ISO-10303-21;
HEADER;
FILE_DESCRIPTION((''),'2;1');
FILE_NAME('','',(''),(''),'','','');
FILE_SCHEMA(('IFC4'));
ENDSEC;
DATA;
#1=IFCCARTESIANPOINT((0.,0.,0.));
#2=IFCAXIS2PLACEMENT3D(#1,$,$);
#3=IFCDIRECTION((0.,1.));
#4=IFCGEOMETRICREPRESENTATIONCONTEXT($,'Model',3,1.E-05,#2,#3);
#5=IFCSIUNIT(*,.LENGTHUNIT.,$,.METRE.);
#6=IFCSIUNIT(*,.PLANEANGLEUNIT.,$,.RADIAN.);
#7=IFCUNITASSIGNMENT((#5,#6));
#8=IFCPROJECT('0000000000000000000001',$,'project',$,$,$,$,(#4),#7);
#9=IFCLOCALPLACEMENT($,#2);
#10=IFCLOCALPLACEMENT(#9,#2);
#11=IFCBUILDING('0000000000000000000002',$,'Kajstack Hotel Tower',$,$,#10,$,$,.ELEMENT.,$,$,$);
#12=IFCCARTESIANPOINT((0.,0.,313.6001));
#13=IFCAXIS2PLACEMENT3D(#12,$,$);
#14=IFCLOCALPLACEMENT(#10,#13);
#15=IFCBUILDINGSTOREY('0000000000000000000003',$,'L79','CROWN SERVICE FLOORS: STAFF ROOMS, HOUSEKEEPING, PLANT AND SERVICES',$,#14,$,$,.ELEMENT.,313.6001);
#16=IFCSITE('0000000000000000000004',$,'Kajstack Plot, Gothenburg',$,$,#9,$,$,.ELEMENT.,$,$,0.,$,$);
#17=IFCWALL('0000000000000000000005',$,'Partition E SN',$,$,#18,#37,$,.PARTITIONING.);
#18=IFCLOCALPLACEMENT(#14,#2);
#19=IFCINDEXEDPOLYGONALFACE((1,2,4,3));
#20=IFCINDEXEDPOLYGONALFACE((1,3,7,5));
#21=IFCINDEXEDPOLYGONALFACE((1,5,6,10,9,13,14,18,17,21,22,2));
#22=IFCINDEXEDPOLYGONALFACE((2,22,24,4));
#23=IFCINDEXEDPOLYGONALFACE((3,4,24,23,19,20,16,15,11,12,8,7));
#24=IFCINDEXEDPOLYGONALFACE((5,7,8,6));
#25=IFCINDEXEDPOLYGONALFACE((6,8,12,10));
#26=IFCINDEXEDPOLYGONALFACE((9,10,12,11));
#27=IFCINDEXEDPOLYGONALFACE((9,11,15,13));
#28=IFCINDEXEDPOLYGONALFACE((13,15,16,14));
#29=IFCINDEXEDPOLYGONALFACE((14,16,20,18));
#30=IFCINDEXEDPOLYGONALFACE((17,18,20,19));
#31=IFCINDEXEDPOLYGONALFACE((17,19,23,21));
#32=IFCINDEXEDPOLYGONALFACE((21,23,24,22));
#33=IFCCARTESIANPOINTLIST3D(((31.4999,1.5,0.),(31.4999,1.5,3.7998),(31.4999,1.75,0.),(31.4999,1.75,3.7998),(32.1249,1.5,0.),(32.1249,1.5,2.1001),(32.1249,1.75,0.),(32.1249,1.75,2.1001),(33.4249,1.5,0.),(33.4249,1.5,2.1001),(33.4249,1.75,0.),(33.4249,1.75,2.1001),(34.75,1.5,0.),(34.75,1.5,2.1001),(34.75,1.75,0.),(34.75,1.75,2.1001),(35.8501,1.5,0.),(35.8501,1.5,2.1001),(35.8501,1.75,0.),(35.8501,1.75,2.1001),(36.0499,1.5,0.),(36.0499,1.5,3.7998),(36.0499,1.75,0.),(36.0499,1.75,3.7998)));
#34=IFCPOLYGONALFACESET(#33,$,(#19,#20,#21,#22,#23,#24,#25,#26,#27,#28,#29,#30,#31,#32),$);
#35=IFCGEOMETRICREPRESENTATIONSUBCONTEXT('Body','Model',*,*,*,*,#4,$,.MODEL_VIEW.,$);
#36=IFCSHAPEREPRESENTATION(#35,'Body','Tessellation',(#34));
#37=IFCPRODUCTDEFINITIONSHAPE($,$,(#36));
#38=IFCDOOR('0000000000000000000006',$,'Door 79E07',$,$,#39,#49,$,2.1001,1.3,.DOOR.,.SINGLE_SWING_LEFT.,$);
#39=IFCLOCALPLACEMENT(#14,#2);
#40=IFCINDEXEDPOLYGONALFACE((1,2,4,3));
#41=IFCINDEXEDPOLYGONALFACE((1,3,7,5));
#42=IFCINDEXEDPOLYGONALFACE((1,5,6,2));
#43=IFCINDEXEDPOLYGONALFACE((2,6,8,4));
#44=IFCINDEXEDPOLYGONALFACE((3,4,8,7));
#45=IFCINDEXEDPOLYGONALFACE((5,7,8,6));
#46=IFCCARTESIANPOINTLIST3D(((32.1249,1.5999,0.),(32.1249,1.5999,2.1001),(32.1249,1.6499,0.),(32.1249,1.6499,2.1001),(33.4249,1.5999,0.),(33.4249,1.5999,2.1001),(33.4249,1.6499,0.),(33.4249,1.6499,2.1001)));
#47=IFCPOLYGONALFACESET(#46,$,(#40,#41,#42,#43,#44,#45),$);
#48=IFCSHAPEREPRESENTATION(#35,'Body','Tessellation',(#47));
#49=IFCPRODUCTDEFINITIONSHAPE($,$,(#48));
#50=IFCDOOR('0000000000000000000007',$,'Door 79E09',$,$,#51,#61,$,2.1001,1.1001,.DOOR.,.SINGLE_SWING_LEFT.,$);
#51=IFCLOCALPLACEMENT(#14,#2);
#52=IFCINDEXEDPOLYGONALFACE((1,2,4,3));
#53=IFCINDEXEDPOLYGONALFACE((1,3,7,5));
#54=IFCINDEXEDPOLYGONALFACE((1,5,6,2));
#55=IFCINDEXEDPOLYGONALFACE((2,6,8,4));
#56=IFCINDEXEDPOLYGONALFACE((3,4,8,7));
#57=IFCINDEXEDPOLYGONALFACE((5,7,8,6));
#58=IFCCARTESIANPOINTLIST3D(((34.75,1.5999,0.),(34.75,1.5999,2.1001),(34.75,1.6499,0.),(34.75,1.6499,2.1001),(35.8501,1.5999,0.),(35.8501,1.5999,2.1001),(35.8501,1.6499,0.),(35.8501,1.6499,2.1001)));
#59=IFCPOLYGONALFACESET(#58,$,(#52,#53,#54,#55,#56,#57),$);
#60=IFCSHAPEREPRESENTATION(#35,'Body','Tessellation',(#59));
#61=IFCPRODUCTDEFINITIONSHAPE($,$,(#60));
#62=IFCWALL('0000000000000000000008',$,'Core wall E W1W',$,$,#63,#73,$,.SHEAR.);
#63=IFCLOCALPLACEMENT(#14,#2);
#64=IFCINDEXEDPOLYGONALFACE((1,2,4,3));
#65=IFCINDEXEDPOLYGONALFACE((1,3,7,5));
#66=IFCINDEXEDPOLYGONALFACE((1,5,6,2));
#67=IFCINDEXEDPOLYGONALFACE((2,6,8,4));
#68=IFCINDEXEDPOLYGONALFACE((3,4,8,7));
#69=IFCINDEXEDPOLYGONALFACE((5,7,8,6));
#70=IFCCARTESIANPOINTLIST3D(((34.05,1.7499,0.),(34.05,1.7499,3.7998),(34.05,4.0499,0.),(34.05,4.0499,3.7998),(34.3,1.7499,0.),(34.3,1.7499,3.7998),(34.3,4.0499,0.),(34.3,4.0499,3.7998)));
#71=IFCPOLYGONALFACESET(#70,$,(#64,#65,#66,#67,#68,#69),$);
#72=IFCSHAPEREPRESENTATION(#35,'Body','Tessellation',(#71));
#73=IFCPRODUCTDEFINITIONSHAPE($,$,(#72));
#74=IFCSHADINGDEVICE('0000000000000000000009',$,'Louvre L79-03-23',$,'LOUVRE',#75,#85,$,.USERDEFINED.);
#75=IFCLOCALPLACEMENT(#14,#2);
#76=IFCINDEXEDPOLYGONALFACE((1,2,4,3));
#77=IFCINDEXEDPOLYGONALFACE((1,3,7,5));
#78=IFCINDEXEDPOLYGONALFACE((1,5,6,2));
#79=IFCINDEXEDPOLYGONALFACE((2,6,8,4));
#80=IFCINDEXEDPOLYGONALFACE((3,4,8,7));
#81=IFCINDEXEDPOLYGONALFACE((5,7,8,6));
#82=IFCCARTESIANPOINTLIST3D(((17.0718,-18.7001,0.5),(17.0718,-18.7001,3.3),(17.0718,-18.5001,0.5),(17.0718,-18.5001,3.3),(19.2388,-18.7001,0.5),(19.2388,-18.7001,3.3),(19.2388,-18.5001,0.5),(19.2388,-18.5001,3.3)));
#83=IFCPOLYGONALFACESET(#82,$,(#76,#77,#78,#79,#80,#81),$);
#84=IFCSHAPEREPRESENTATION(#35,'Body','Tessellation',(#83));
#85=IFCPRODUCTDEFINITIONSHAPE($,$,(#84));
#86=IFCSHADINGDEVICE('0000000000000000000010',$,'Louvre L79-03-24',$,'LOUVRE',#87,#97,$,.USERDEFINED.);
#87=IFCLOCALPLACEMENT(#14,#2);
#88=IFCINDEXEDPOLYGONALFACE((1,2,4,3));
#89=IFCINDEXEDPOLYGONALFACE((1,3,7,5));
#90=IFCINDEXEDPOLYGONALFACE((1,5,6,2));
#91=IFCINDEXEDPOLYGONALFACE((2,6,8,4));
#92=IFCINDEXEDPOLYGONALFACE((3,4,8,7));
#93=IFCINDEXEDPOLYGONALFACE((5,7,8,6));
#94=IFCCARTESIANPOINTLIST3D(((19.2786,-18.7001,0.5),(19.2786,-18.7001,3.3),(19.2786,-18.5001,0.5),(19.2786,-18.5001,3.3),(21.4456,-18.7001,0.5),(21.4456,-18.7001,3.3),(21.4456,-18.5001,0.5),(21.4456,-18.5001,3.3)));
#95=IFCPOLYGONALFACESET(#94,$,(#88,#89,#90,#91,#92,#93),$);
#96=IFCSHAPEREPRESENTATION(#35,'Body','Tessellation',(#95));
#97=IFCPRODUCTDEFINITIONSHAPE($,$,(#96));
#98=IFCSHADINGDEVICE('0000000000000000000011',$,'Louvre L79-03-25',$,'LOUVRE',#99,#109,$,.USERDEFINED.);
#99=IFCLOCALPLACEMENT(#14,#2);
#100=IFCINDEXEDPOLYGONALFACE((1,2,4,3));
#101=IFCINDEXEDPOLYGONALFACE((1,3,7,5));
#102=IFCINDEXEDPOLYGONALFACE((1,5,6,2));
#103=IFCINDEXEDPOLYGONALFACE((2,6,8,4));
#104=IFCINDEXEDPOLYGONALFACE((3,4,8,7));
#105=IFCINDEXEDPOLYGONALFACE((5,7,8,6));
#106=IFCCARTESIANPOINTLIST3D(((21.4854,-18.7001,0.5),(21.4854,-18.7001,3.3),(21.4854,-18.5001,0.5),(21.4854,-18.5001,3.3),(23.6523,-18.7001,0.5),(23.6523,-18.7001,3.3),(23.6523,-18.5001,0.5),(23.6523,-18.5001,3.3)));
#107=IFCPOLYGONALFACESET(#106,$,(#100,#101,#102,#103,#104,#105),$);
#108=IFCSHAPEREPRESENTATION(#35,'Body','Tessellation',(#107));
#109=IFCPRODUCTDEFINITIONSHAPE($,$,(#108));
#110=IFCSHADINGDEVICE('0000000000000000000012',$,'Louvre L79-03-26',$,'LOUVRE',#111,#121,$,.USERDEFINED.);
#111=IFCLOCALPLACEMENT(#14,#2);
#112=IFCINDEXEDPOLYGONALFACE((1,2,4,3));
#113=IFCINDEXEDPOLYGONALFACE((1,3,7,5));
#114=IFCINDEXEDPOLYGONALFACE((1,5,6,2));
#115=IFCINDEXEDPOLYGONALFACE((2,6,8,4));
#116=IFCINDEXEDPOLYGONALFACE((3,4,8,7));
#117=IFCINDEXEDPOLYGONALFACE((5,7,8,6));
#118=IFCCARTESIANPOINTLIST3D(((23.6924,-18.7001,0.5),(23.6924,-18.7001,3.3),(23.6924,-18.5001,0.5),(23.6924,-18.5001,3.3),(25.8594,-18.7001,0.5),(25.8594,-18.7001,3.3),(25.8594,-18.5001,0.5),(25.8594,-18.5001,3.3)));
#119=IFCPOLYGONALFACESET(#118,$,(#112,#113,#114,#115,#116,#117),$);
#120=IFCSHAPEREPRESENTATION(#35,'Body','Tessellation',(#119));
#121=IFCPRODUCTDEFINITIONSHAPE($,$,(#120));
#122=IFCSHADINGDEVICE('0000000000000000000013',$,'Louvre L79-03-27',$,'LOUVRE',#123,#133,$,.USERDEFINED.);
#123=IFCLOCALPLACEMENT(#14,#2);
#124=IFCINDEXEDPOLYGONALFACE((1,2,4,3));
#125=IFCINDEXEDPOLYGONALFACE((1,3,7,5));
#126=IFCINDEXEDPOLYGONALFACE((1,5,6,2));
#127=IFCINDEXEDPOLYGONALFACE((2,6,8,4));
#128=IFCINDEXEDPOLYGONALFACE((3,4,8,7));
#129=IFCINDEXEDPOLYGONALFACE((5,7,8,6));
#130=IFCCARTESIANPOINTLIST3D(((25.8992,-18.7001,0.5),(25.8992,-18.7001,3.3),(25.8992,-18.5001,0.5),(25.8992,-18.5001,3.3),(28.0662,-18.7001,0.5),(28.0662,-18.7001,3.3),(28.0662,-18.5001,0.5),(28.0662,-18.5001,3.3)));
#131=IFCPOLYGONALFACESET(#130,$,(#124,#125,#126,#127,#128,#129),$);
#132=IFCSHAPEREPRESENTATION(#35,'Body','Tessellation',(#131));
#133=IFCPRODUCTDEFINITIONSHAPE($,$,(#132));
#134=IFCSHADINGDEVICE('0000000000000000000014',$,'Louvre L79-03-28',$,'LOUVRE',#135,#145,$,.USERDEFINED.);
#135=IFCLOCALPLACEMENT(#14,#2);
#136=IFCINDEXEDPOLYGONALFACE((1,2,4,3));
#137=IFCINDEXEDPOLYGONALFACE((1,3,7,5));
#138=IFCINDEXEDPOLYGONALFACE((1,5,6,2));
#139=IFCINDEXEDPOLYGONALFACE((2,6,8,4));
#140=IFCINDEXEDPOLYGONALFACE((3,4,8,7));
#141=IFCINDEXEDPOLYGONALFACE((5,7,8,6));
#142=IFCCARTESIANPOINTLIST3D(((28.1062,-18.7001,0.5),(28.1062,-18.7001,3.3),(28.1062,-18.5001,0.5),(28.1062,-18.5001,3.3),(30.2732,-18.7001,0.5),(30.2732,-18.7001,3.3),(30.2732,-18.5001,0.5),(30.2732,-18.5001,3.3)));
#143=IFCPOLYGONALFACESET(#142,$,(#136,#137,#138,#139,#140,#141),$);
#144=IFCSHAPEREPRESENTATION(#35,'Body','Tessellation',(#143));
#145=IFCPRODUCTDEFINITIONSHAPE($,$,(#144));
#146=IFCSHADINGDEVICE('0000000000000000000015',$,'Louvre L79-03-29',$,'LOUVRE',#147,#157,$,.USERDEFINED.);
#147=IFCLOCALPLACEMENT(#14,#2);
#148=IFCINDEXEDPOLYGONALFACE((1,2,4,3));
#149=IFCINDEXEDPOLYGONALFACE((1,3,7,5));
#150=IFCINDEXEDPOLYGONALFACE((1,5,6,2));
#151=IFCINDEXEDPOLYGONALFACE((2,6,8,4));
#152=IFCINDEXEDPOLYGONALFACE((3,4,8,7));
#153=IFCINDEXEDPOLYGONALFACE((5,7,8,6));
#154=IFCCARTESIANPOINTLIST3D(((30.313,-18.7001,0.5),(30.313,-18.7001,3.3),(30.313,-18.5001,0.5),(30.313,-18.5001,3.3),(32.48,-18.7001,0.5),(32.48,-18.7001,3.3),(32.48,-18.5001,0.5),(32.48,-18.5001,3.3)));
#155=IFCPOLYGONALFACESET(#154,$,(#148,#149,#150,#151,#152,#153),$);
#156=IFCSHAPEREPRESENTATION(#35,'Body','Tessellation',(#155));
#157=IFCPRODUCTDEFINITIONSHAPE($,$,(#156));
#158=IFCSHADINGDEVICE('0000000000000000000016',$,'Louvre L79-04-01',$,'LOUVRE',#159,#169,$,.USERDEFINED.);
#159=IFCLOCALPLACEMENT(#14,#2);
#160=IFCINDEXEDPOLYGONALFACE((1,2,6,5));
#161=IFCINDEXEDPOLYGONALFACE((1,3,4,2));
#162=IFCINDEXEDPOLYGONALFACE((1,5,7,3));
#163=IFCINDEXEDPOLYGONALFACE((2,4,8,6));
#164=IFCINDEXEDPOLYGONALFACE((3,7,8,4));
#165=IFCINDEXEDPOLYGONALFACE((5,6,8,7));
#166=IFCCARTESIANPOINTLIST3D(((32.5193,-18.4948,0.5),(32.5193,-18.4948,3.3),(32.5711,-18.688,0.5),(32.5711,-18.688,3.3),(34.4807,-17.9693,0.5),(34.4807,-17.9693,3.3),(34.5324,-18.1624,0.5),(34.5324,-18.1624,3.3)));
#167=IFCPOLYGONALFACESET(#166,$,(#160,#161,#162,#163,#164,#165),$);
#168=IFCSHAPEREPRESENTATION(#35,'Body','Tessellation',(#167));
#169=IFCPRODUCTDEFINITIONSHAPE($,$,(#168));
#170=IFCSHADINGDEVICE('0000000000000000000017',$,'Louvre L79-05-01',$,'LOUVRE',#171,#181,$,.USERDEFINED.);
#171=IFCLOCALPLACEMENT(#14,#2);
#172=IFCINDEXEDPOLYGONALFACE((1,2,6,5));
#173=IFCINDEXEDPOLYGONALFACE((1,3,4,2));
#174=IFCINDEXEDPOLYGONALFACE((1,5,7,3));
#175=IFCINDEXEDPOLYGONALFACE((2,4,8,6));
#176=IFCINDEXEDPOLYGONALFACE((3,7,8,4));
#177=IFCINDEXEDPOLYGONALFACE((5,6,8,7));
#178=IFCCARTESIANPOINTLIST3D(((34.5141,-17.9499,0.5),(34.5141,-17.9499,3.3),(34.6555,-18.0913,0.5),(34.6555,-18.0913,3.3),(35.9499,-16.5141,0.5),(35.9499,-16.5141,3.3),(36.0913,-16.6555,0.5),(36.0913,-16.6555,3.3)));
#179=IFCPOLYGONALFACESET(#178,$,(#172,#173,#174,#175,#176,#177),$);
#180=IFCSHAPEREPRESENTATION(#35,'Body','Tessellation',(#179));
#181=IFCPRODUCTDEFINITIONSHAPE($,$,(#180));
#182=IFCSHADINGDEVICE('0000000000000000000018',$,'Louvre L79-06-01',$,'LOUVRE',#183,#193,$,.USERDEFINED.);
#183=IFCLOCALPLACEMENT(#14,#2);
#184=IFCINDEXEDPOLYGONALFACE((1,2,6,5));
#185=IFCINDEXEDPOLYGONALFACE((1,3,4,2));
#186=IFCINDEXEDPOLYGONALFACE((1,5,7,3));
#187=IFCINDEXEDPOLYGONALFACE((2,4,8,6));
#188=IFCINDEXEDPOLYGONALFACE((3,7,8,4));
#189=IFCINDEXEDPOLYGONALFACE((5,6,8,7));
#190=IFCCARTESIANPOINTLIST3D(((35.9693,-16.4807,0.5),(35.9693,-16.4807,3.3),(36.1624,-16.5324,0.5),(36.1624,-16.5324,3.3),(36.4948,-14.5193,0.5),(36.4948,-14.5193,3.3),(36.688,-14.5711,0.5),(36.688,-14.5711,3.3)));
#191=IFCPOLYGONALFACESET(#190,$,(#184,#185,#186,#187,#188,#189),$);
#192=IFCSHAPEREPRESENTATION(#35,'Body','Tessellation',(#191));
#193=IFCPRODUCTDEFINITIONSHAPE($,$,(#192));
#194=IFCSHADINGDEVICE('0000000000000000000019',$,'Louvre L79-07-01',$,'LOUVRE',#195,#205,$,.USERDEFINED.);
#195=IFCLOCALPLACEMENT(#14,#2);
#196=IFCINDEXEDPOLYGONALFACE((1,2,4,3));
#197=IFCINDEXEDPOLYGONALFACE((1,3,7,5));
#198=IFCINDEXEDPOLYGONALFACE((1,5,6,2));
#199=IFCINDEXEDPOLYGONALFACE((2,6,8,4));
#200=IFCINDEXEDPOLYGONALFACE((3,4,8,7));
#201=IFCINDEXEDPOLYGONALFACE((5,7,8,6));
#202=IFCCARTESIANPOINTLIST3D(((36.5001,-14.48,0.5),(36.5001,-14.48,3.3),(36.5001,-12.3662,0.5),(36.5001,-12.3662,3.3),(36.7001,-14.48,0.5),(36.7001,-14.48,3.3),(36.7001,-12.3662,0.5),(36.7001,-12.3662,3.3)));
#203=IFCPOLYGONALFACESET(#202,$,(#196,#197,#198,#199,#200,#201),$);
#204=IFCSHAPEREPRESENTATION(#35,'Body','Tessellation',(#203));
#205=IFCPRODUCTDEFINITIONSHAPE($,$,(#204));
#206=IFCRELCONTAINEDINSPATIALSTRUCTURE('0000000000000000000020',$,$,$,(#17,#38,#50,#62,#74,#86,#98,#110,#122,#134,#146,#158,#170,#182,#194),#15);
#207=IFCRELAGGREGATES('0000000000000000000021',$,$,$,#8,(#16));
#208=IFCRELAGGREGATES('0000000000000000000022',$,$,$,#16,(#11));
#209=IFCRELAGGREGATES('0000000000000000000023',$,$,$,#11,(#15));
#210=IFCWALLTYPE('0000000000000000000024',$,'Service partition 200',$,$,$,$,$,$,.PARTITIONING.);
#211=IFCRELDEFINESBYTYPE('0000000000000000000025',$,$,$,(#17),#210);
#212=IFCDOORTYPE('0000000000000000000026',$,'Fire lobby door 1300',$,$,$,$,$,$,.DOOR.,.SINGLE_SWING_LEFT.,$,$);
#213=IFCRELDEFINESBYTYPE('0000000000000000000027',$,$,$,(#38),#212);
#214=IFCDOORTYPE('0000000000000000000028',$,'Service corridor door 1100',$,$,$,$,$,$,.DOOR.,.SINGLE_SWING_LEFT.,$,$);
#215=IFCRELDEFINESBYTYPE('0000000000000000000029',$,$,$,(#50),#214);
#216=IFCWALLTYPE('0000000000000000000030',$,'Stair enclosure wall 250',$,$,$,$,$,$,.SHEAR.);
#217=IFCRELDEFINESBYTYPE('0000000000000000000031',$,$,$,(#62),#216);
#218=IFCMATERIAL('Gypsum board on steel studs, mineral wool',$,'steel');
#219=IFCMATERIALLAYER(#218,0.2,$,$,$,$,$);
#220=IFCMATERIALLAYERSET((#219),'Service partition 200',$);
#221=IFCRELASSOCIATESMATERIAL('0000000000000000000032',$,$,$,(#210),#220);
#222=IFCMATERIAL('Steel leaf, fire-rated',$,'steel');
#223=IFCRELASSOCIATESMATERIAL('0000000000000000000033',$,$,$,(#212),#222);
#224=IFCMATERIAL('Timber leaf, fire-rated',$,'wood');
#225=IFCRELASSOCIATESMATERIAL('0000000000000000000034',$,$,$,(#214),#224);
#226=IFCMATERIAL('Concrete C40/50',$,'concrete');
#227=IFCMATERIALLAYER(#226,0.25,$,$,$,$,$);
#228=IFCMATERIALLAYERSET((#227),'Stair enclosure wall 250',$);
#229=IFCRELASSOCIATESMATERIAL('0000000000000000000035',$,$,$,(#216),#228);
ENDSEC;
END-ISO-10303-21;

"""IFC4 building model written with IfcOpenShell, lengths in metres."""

from ifc_helpers import new_model, si_unit, direction, frame, frame_2d, origin, origin_2d, place, context, subcontext, project, spatial, rectangle, extrude, material, layer, layer_set, type_object, element, fill, save


model = new_model("IFC4")

# Units and contexts
model_context = context("Model", 3, precision=1e-05, world=origin(), true_north=direction((0.0, 1.0)))
body_context = subcontext(model_context, "Body", "Model", "MODEL_VIEW")
ifc_project = project(units=[si_unit("LENGTHUNIT", "METRE"), si_unit("PLANEANGLEUNIT", "RADIAN")], contexts=[model_context])

# Site, building, storey
site_placement = place(None, origin())
site = spatial("IfcSite", under=ifc_project, at=site_placement, Name="Kajstack Plot, Gothenburg", CompositionType="ELEMENT", RefElevation=0.0)
building_placement = place(site_placement, origin())
building = spatial("IfcBuilding", under=site, at=building_placement, Name="Kajstack Hotel Tower", CompositionType="ELEMENT")
storey_placement = place(building_placement, frame((0.0, 0.0, 313.6001)))
storey = spatial("IfcBuildingStorey", under=building, at=storey_placement, Name="L79", Description="CROWN SERVICE FLOORS: STAFF ROOMS, HOUSEKEEPING, PLANT AND SERVICES", CompositionType="ELEMENT", Elevation=313.6001)

# Shared definitions
ifc_material_1 = material(Name="Gypsum board on steel studs, mineral wool", Category="steel")

# Wall, openings, doors
ifc_layer_1 = layer(ifc_material_1, 0.2)
ifc_layer_set_1 = layer_set([ifc_layer_1], Name="Service partition 200")
wall_type_1 = type_object("IfcWallType", Name="Service partition 200", PredefinedType="PARTITIONING", material=ifc_layer_set_1)
wall_1_placement = place(storey_placement, frame((31.5, 1.625, 0.0), z_axis=(0.0, 0.0, 1.0), x_axis=(1.0, 0.0, 0.0)))
wall_1 = element("IfcWall", 1, at=wall_1_placement, inside=storey, type_object=wall_type_1, Name="Partition E SN", PredefinedType="PARTITIONING", context=body_context, shape_type="SweptSolid", body=[
    extrude(rectangle(XDim=4.55, YDim=0.25, at=frame_2d((2.2749, 0.0))), origin(), (0.0, 0.0, 1.0), 3.7998),
])
opening_1_placement = place(wall_1_placement, frame((0.625, 0.0, 0.0)))
opening_1 = element("IfcOpeningElement", 2, at=opening_1_placement, cuts=wall_1, PredefinedType="OPENING", context=body_context, shape_type="SweptSolid", body=[
    extrude(rectangle(XDim=1.3, YDim=2.1001, at=frame_2d((0.6499, 1.05))), frame((0.0, 0.135, 0.0), z_axis=(0.0, -1.0, 0.0), x_axis=(1.0, 0.0, 0.0)), (0.0, 0.0, 1.0), 0.27),
])
opening_2_placement = place(wall_1_placement, frame((3.25, 0.0, 0.0)))
opening_2 = element("IfcOpeningElement", 3, at=opening_2_placement, cuts=wall_1, PredefinedType="OPENING", context=body_context, shape_type="SweptSolid", body=[
    extrude(rectangle(XDim=1.1001, YDim=2.1001, at=frame_2d((0.55, 1.05))), frame((0.0, 0.135, 0.0), z_axis=(0.0, -1.0, 0.0), x_axis=(1.0, 0.0, 0.0)), (0.0, 0.0, 1.0), 0.27),
])
ifc_material_2 = material(Name="Steel leaf, fire-rated", Category="steel")
door_type_1 = type_object("IfcDoorType", Name="Fire lobby door 1300", OperationType="SINGLE_SWING_LEFT", PredefinedType="DOOR", material=ifc_material_2)
door_1_placement = place(opening_1_placement, origin())
door_1 = element("IfcDoor", 4, at=door_1_placement, inside=storey, type_object=door_type_1, Name="Door 79E07", OperationType="SINGLE_SWING_LEFT", OverallHeight=2.1001, OverallWidth=1.3, PredefinedType="DOOR", context=body_context, shape_type="SweptSolid", body=[
    extrude(rectangle(XDim=1.3, YDim=2.1001, at=frame_2d((0.6499, 1.05))), frame((0.0, 0.0249, 0.0), z_axis=(0.0, -1.0, 0.0), x_axis=(1.0, 0.0, 0.0)), (0.0, 0.0, 1.0), 0.05),
])
fill(opening_1, door_1)
ifc_material_3 = material(Name="Timber leaf, fire-rated", Category="wood")
door_type_2 = type_object("IfcDoorType", Name="Service corridor door 1100", OperationType="SINGLE_SWING_LEFT", PredefinedType="DOOR", material=ifc_material_3)
door_2_placement = place(opening_2_placement, origin())
door_2 = element("IfcDoor", 5, at=door_2_placement, inside=storey, type_object=door_type_2, Name="Door 79E09", OperationType="SINGLE_SWING_LEFT", OverallHeight=2.1001, OverallWidth=1.1001, PredefinedType="DOOR", context=body_context, shape_type="SweptSolid", body=[
    extrude(rectangle(XDim=1.1001, YDim=2.1001, at=frame_2d((0.55, 1.05))), frame((0.0, 0.0249, 0.0), z_axis=(0.0, -1.0, 0.0), x_axis=(1.0, 0.0, 0.0)), (0.0, 0.0, 1.0), 0.05),
])
fill(opening_2, door_2)

# Wall
ifc_material_4 = material(Name="Concrete C40/50", Category="concrete")
ifc_layer_2 = layer(ifc_material_4, 0.25)
ifc_layer_set_2 = layer_set([ifc_layer_2], Name="Stair enclosure wall 250")
wall_type_2 = type_object("IfcWallType", Name="Stair enclosure wall 250", PredefinedType="SHEAR", material=ifc_layer_set_2)
wall_2_placement = place(storey_placement, frame((34.175, 1.75, 0.0), z_axis=(0.0, 0.0, 1.0), x_axis=(0.0, 1.0, 0.0)))
element("IfcWall", 6, at=wall_2_placement, inside=storey, type_object=wall_type_2, Name="Core wall E W1W", PredefinedType="SHEAR", context=body_context, shape_type="SweptSolid", body=[
    extrude(rectangle(XDim=2.3, YDim=0.25, at=frame_2d((1.1499, 0.0))), origin(), (0.0, 0.0, 1.0), 3.7998),
])

# Shading devices
for number, where, z_axis, x_axis, name in (
    (7, (18.1553, -18.6001, 0.5), (0.0, 0.0, 1.0), (1.0, 0.0, 0.0), "Louvre L79-03-23"),
    (8, (20.3621, -18.6001, 0.5), (0.0, 0.0, 1.0), (1.0, 0.0, 0.0), "Louvre L79-03-24"),
    (9, (22.5688, -18.6001, 0.5), (0.0, 0.0, 1.0), (1.0, 0.0, 0.0), "Louvre L79-03-25"),
    (10, (24.7759, -18.6001, 0.5), (0.0, 0.0, 1.0), (1.0, 0.0, 0.0), "Louvre L79-03-26"),
    (11, (26.9827, -18.6001, 0.5), (0.0, 0.0, 1.0), (1.0, 0.0, 0.0), "Louvre L79-03-27"),
    (12, (29.1897, -18.6001, 0.5), (0.0, 0.0, 1.0), (1.0, 0.0, 0.0), "Louvre L79-03-28"),
    (13, (31.3965, -18.6001, 0.5), (0.0, 0.0, 1.0), (1.0, 0.0, 0.0), "Louvre L79-03-29"),
):
    element("IfcShadingDevice", number, at=place(storey_placement, frame(where, z_axis=z_axis, x_axis=x_axis)), inside=storey, Name=name, ObjectType="LOUVRE", PredefinedType="USERDEFINED", context=body_context, shape_type="SweptSolid", body=[
        extrude(rectangle(XDim=2.167, YDim=0.2, at=origin_2d()), origin(), (0.0, 0.0, 1.0), 2.8),
    ])
for number, where, z_axis, x_axis, name in (
    (14, (33.5259, -18.3286, 0.5), (0.0, 0.0, 1.0), (0.965926, 0.25882, 0.0), "Louvre L79-04-01"),
    (15, (35.3027, -17.3027, 0.5), (0.0, 0.0, 1.0), (0.707107, 0.707107, 0.0), "Louvre L79-05-01"),
    (16, (36.3286, -15.5259, 0.5), (0.0, 0.0, 1.0), (0.25882, 0.965926, 0.0), "Louvre L79-06-01"),
):
    element("IfcShadingDevice", number, at=place(storey_placement, frame(where, z_axis=z_axis, x_axis=x_axis)), inside=storey, Name=name, ObjectType="LOUVRE", PredefinedType="USERDEFINED", context=body_context, shape_type="SweptSolid", body=[
        extrude(rectangle(XDim=2.0305, YDim=0.2, at=origin_2d()), origin(), (0.0, 0.0, 1.0), 2.8),
    ])
for number, where, z_axis, x_axis, name in (
    (17, (36.6001, -13.4231, 0.5), (0.0, 0.0, 1.0), (0.0, 1.0, 0.0), "Louvre L79-07-01"),
):
    element("IfcShadingDevice", number, at=place(storey_placement, frame(where, z_axis=z_axis, x_axis=x_axis)), inside=storey, Name=name, ObjectType="LOUVRE", PredefinedType="USERDEFINED", context=body_context, shape_type="SweptSolid", body=[
        extrude(rectangle(XDim=2.1138, YDim=0.2, at=origin_2d()), origin(), (0.0, 0.0, 1.0), 2.8),
    ])

save(model, "model.ifc")
